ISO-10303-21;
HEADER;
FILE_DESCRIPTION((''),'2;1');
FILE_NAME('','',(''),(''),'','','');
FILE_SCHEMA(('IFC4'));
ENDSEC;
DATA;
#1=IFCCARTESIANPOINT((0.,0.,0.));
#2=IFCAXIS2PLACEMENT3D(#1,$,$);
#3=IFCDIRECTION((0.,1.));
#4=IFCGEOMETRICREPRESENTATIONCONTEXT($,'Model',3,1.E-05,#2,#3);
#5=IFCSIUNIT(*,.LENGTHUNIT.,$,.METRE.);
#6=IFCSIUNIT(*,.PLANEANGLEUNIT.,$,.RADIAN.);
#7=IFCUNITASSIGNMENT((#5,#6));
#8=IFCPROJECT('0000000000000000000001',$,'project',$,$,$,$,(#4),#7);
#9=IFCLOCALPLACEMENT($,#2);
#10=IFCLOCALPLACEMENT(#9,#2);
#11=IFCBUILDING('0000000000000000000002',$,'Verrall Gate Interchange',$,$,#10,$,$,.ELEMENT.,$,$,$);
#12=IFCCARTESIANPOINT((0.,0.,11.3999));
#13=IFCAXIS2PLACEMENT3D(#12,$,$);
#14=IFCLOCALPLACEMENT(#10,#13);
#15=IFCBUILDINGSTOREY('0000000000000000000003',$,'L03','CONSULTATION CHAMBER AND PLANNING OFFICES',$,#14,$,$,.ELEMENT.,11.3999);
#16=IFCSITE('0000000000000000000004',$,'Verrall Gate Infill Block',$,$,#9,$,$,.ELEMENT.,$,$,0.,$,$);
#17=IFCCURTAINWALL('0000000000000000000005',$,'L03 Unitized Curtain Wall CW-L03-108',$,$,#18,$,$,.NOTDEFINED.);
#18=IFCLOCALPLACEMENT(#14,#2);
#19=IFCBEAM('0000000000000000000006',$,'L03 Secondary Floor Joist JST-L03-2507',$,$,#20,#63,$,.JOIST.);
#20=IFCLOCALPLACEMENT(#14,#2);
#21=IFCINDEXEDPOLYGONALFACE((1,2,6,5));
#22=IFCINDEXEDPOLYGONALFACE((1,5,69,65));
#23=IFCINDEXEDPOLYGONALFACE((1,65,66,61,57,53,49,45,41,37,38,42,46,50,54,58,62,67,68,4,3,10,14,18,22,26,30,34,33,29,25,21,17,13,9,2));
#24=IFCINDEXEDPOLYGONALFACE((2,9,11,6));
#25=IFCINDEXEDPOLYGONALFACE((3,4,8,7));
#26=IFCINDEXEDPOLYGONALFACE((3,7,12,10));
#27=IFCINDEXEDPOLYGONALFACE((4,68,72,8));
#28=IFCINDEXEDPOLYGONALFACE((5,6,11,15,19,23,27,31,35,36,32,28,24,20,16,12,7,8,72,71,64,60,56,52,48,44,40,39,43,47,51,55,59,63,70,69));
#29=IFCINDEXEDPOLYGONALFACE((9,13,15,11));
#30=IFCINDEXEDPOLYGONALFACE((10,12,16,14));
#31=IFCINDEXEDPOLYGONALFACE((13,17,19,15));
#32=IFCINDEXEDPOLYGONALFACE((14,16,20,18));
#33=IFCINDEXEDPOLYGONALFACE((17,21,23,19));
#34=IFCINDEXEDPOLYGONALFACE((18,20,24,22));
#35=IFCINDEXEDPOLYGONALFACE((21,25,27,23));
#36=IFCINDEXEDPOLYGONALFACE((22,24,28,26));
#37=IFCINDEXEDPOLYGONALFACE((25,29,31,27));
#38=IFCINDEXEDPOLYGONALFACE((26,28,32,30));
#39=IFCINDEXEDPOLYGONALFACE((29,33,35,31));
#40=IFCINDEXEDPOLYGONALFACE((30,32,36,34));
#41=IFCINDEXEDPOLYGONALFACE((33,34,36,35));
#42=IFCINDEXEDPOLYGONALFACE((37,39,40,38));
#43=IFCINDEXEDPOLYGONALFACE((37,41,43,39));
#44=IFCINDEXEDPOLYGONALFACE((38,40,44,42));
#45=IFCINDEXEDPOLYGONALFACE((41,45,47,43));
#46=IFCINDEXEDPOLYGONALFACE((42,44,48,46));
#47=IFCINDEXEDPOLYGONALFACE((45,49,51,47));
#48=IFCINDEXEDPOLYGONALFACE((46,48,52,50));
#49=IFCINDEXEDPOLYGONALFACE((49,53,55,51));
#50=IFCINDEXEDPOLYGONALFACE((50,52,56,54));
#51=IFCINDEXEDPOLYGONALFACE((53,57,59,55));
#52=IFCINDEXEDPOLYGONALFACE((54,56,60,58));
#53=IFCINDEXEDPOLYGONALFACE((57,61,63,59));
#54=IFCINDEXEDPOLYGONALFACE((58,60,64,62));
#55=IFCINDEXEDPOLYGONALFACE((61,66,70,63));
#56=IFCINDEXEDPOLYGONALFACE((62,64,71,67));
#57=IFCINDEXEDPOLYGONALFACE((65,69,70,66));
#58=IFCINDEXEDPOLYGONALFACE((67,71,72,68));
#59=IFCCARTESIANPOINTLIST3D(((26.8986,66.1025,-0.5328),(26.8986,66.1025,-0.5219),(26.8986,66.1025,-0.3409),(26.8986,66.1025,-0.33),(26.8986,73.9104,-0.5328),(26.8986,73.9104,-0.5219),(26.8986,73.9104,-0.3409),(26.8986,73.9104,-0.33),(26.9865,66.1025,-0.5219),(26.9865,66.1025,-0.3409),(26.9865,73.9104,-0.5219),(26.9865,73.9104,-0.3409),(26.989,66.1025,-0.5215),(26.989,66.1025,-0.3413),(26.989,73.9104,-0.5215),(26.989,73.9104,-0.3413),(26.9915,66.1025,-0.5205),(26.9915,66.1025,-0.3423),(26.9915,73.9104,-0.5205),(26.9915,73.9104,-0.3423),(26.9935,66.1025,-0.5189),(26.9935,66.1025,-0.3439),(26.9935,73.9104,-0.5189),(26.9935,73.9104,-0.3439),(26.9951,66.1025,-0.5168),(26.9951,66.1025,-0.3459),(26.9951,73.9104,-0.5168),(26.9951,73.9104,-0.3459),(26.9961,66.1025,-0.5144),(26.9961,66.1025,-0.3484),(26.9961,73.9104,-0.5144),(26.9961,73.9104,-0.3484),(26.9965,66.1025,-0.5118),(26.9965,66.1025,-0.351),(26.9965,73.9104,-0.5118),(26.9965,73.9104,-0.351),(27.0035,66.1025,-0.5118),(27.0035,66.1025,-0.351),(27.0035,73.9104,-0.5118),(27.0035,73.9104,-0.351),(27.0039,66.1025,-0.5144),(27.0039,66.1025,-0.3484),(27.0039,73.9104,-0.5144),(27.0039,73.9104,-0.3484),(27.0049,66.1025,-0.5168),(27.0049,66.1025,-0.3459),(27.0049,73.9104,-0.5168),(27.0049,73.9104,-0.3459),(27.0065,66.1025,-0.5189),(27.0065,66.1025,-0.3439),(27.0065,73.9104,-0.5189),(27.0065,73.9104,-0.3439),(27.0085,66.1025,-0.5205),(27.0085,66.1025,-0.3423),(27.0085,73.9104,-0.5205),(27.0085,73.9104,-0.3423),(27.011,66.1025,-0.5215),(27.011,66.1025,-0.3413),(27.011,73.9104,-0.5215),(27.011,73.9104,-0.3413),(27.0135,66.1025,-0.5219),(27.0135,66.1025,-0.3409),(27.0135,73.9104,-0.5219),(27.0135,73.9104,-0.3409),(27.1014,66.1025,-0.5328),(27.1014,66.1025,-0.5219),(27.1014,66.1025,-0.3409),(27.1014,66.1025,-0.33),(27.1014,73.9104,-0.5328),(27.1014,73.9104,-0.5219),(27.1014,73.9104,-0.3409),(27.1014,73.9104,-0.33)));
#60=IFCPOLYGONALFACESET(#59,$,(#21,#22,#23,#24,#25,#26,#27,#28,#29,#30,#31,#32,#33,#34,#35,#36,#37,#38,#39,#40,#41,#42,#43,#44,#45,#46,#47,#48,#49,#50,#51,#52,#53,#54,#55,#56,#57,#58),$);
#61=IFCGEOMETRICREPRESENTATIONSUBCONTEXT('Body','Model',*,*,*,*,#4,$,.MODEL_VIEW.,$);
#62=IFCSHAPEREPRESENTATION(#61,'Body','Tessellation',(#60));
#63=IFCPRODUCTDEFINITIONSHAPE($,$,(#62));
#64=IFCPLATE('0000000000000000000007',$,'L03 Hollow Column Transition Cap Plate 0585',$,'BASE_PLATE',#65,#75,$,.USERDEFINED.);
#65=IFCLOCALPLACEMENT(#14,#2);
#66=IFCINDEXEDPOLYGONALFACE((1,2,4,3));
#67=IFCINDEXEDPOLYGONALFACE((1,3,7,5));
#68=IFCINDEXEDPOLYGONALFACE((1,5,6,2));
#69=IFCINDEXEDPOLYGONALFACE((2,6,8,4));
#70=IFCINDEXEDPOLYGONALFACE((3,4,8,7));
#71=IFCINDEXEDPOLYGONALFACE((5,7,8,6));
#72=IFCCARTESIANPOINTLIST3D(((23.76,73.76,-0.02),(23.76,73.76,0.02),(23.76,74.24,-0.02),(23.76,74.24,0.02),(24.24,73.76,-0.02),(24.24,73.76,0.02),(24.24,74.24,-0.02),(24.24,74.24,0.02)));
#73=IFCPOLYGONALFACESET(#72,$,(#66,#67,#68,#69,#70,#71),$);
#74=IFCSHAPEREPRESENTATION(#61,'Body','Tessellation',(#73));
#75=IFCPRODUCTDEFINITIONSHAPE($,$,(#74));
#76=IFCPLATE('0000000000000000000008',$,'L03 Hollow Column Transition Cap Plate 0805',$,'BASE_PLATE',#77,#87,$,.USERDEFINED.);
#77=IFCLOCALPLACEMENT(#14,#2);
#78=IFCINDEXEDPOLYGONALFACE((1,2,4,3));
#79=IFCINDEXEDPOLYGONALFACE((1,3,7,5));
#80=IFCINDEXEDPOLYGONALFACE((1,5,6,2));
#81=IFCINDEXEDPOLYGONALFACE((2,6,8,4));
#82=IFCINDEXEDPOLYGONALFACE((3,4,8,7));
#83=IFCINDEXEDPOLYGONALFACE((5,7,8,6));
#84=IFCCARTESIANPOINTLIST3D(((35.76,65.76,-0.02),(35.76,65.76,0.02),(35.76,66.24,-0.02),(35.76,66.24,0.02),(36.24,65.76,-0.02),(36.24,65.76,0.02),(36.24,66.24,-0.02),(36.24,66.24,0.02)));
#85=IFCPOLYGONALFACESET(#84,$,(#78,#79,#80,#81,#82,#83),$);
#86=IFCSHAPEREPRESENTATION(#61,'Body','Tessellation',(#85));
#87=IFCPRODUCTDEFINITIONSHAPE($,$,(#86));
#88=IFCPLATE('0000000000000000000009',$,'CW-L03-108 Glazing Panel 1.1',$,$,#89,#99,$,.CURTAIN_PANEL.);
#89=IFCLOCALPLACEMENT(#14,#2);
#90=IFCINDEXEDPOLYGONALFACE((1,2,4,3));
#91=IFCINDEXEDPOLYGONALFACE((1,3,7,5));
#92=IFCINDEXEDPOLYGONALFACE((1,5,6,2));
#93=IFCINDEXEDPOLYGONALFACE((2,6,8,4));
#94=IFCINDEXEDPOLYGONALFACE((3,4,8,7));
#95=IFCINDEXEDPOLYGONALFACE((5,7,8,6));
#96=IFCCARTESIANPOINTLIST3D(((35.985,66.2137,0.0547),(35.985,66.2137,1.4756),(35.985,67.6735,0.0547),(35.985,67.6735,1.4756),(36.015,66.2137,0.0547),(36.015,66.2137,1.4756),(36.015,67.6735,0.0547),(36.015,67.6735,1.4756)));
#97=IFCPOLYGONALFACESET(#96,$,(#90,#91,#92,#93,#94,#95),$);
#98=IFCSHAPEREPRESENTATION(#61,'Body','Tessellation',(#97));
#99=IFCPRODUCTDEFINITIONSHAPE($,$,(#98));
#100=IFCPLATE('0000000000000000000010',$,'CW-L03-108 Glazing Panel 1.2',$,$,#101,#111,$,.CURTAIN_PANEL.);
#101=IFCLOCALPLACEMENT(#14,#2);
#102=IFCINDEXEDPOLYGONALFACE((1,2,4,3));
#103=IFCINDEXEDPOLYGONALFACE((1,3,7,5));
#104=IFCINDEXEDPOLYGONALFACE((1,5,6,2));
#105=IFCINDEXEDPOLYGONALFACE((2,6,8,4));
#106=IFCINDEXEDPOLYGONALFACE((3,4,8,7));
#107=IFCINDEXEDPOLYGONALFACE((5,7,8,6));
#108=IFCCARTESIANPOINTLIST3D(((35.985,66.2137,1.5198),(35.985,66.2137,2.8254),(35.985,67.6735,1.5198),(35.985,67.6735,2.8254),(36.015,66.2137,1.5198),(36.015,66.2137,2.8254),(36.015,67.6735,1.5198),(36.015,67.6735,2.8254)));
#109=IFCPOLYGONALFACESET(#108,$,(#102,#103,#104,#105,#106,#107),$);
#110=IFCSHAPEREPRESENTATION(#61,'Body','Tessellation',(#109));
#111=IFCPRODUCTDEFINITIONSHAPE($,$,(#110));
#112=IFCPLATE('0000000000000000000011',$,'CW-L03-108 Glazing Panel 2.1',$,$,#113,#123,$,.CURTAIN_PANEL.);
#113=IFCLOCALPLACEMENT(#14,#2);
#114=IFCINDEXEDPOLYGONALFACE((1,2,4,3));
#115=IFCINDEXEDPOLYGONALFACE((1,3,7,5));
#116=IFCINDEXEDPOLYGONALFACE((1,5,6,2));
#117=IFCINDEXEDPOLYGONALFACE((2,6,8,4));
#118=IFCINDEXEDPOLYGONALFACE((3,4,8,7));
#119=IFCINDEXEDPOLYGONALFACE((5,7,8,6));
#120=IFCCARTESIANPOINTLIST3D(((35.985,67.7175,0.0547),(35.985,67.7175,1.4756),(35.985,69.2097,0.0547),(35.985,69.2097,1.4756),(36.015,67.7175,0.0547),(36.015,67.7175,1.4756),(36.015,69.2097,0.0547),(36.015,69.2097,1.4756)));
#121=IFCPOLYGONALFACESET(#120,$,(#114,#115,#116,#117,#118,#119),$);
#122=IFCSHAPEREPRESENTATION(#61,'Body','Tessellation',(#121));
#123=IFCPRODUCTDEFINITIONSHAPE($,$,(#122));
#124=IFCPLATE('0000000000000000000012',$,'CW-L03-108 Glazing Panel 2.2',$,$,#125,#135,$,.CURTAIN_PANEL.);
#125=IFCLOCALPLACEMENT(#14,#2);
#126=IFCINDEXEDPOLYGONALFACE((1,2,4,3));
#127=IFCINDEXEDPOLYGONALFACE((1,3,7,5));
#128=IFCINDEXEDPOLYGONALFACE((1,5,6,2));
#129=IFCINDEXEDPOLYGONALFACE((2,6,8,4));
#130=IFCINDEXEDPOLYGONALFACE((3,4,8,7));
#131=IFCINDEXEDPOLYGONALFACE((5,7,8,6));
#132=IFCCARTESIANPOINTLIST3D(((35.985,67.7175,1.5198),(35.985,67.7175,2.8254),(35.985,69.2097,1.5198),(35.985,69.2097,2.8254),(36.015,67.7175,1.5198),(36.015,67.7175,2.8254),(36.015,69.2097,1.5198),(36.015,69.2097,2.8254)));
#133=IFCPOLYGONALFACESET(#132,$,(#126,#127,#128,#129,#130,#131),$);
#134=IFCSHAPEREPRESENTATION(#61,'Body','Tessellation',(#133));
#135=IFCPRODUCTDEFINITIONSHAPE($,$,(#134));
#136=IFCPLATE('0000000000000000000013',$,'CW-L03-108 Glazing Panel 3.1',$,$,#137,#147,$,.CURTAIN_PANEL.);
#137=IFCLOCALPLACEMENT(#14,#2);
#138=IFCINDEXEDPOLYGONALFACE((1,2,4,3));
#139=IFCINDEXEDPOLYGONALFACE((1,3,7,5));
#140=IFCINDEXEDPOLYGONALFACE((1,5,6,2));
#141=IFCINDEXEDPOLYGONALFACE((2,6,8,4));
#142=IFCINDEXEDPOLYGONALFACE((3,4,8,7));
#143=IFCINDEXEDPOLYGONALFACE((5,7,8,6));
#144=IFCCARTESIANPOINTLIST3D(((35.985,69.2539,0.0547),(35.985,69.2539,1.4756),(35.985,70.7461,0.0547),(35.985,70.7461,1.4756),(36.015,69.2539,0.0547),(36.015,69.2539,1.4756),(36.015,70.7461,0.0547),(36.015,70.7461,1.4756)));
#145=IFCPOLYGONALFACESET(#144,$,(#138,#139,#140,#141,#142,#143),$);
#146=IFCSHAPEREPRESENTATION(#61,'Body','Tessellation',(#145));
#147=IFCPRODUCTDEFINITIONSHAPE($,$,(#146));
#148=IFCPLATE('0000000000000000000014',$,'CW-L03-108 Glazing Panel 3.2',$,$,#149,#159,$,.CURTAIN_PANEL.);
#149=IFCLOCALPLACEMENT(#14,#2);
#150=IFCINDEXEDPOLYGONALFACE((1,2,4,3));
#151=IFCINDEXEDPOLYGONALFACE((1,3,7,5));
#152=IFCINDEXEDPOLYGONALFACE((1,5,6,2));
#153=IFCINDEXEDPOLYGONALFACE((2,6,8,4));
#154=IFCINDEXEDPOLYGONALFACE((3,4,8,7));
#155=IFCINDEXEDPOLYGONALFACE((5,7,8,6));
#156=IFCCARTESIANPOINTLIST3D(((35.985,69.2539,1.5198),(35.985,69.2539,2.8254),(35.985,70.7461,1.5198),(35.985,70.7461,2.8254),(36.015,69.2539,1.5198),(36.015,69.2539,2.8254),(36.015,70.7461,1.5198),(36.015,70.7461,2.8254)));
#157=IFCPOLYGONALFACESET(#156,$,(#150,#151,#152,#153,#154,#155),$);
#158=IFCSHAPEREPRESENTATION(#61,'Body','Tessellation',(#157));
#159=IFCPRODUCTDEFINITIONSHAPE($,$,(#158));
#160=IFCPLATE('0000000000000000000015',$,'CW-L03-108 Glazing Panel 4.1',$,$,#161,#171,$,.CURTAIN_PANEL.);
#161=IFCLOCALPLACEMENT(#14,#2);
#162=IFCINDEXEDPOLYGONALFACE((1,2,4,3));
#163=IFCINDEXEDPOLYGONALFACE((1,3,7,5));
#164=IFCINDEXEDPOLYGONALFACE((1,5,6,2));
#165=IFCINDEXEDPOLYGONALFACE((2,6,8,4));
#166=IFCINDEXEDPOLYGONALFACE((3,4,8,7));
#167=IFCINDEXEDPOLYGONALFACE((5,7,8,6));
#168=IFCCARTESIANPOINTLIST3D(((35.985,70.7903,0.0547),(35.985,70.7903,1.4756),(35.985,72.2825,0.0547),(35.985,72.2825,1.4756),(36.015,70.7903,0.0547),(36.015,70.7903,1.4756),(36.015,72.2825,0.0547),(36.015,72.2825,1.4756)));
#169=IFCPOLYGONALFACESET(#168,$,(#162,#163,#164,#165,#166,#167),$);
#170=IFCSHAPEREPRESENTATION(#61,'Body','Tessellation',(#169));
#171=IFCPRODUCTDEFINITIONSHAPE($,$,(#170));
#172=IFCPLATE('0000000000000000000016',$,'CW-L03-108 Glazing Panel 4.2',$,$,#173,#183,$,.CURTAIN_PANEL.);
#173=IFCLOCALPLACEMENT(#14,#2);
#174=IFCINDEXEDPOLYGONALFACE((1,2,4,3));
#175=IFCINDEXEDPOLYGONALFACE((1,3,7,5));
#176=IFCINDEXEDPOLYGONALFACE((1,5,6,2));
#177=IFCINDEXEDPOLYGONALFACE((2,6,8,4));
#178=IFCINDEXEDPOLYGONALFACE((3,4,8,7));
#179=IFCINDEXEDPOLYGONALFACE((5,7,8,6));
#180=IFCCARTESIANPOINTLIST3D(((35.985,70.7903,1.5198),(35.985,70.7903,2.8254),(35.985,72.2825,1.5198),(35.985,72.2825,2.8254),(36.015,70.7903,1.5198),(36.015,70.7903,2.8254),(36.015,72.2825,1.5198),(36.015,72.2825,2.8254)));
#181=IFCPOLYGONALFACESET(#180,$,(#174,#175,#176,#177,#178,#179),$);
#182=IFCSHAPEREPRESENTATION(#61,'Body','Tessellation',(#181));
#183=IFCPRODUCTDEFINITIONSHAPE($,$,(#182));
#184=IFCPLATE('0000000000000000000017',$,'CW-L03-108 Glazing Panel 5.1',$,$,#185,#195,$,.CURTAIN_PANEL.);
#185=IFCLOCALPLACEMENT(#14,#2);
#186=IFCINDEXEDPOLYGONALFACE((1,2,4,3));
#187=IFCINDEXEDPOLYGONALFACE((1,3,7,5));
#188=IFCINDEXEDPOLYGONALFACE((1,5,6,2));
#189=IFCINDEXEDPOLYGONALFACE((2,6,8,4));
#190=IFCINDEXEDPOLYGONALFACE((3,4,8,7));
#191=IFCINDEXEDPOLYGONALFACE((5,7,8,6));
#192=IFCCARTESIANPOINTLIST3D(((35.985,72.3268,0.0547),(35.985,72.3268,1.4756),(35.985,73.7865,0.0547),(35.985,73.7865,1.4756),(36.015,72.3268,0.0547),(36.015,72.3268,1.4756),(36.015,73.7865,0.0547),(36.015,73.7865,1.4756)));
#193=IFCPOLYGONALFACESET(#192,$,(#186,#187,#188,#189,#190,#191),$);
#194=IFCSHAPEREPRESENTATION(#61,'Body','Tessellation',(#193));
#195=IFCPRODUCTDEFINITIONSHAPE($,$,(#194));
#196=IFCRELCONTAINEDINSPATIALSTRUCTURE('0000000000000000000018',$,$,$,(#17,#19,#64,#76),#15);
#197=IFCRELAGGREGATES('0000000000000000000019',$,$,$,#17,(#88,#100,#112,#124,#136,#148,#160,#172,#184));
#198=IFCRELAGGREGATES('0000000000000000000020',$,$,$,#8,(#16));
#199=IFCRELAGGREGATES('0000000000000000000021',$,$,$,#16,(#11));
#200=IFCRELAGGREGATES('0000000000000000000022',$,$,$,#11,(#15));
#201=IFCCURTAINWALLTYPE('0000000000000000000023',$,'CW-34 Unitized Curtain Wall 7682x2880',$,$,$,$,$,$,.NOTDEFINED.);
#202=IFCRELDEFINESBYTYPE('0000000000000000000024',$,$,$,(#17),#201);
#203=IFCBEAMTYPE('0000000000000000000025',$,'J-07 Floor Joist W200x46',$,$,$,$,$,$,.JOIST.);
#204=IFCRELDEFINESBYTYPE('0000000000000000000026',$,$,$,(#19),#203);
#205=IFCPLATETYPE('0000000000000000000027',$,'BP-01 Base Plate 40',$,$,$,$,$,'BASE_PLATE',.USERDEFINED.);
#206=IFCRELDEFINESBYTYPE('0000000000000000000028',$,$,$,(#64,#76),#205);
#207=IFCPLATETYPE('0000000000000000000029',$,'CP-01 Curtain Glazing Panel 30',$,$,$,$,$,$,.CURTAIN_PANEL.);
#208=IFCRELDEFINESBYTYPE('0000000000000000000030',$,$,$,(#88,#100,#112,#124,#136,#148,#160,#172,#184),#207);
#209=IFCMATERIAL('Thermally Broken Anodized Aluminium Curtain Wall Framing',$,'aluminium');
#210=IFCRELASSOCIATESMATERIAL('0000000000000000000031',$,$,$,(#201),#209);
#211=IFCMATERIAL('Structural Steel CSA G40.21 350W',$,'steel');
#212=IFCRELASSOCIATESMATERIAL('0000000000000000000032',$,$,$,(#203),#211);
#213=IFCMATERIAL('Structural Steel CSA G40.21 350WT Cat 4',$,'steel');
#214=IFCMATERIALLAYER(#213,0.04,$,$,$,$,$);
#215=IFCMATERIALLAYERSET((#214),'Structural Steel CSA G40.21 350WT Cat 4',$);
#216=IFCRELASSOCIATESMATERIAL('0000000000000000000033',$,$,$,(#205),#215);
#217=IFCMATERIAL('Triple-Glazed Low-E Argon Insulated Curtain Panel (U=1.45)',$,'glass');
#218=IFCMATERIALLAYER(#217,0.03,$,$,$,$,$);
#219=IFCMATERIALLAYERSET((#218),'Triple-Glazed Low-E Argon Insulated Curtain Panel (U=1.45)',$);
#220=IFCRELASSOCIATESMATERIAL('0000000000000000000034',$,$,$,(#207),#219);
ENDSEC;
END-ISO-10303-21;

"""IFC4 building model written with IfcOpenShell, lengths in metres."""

from ifc_helpers import new_model, si_unit, direction, frame, origin, origin_2d, place, context, subcontext, project, spatial, rectangle, i_section, extrude, material, layer, layer_set, material_profile, profile_set, type_object, element, aggregate, save


model = new_model("IFC4")

# Units and contexts
model_context = context("Model", 3, precision=1e-05, world=origin(), true_north=direction((0.0, 1.0)))
body_context = subcontext(model_context, "Body", "Model", "MODEL_VIEW")
ifc_project = project(units=[si_unit("LENGTHUNIT", "METRE"), si_unit("PLANEANGLEUNIT", "RADIAN")], contexts=[model_context])

# Site, building, storey
site_placement = place(None, origin())
site = spatial("IfcSite", under=ifc_project, at=site_placement, Name="Verrall Gate Infill Block", CompositionType="ELEMENT", RefElevation=0.0)
building_placement = place(site_placement, origin())
building = spatial("IfcBuilding", under=site, at=building_placement, Name="Verrall Gate Interchange", CompositionType="ELEMENT")
storey_placement = place(building_placement, frame((0.0, 0.0, 11.3999)))
storey = spatial("IfcBuildingStorey", under=building, at=storey_placement, Name="L03", Description="CONSULTATION CHAMBER AND PLANNING OFFICES", CompositionType="ELEMENT", Elevation=11.3999)

# Curtain wall
ifc_material_1 = material(Name="Thermally Broken Anodized Aluminium Curtain Wall Framing", Category="aluminium")
curtain_wall_type = type_object("IfcCurtainWallType", Name="CW-34 Unitized Curtain Wall 7682x2880", PredefinedType="NOTDEFINED", material=ifc_material_1)
curtain_wall_placement = place(storey_placement, origin())
curtain_wall = element("IfcCurtainWall", 1, at=curtain_wall_placement, inside=storey, type_object=curtain_wall_type, Name="L03 Unitized Curtain Wall CW-L03-108", PredefinedType="NOTDEFINED")

# Beam
ifc_material_2 = material(Name="Structural Steel CSA G40.21 350W", Category="steel")
ifc_material_profile_1 = material_profile(ifc_material_2, i_section(OverallWidth=0.2029, OverallDepth=0.2029, WebThickness=0.0071, FlangeThickness=0.011, FilletRadius=0.01, at=origin_2d()), Name="W200x46")
ifc_profile_set_1 = profile_set([ifc_material_profile_1], Name="Structural Steel CSA G40.21 350W")
beam_type_1 = type_object("IfcBeamType", Name="J-07 Floor Joist W200x46", PredefinedType="JOIST", material=ifc_profile_set_1)
beam_1_placement = place(storey_placement, frame((27.0, 66.1025, -0.4314), z_axis=(0.0, 1.0, 0.0), x_axis=(-1.0, 0.0, 0.0)))
element("IfcBeam", 2, at=beam_1_placement, inside=storey, type_object=beam_type_1, Name="L03 Secondary Floor Joist JST-L03-2507", PredefinedType="JOIST", context=body_context, shape_type="SweptSolid", body=[
    extrude(i_section(OverallWidth=0.2029, OverallDepth=0.2029, WebThickness=0.0071, FlangeThickness=0.011, FilletRadius=0.01, at=origin_2d()), origin(), (0.0, 0.0, 1.0), 7.8079),
])

# Plates
ifc_material_3 = material(Name="Structural Steel CSA G40.21 350WT Cat 4", Category="steel")
ifc_layer_1 = layer(ifc_material_3, 0.04)
ifc_layer_set_1 = layer_set([ifc_layer_1], Name="Structural Steel CSA G40.21 350WT Cat 4")
plate_type_1 = type_object("IfcPlateType", Name="BP-01 Base Plate 40", ElementType="BASE_PLATE", PredefinedType="USERDEFINED", material=ifc_layer_set_1)
for number, where, z_axis, x_axis, name in (
    (3, (24.0, 74.0, -0.02), (0.0, 0.0, 1.0), (1.0, 0.0, 0.0), "L03 Hollow Column Transition Cap Plate 0585"),
    (4, (36.0, 66.0, -0.02), (0.0, 0.0, 1.0), (1.0, 0.0, 0.0), "L03 Hollow Column Transition Cap Plate 0805"),
):
    element("IfcPlate", number, at=place(storey_placement, frame(where, z_axis=z_axis, x_axis=x_axis)), inside=storey, type_object=plate_type_1, Name=name, ObjectType="BASE_PLATE", PredefinedType="USERDEFINED", context=body_context, shape_type="SweptSolid", body=[
        extrude(rectangle(XDim=0.48, YDim=0.48, at=origin_2d()), origin(), (0.0, 0.0, 1.0), 0.04),
    ])

# Plates
ifc_material_4 = material(Name="Triple-Glazed Low-E Argon Insulated Curtain Panel (U=1.45)", Category="glass")
ifc_layer_2 = layer(ifc_material_4, 0.03)
ifc_layer_set_2 = layer_set([ifc_layer_2], Name="Triple-Glazed Low-E Argon Insulated Curtain Panel (U=1.45)")
plate_type_2 = type_object("IfcPlateType", Name="CP-01 Curtain Glazing Panel 30", PredefinedType="CURTAIN_PANEL", material=ifc_layer_set_2)
plate_1_placement = place(storey_placement, frame((36.0, 66.9436, 0.0547), z_axis=(0.0, 0.0, 1.0), x_axis=(0.0, 1.0, 0.0)))
plate_1 = element("IfcPlate", 5, at=plate_1_placement, type_object=plate_type_2, Name="CW-L03-108 Glazing Panel 1.1", PredefinedType="CURTAIN_PANEL", context=body_context, shape_type="SweptSolid", body=[
    extrude(rectangle(XDim=1.4597, YDim=0.03, at=origin_2d()), origin(), (0.0, 0.0, 1.0), 1.4209),
])
plate_2_placement = place(storey_placement, frame((36.0, 66.9436, 1.5198), z_axis=(0.0, 0.0, 1.0), x_axis=(0.0, 1.0, 0.0)))
plate_2 = element("IfcPlate", 6, at=plate_2_placement, type_object=plate_type_2, Name="CW-L03-108 Glazing Panel 1.2", PredefinedType="CURTAIN_PANEL", context=body_context, shape_type="SweptSolid", body=[
    extrude(rectangle(XDim=1.4597, YDim=0.03, at=origin_2d()), origin(), (0.0, 0.0, 1.0), 1.3057),
])
plate_3_placement = place(storey_placement, frame((36.0, 68.4636, 0.0547), z_axis=(0.0, 0.0, 1.0), x_axis=(0.0, 1.0, 0.0)))
plate_3 = element("IfcPlate", 7, at=plate_3_placement, type_object=plate_type_2, Name="CW-L03-108 Glazing Panel 2.1", PredefinedType="CURTAIN_PANEL", context=body_context, shape_type="SweptSolid", body=[
    extrude(rectangle(XDim=1.4922, YDim=0.03, at=origin_2d()), origin(), (0.0, 0.0, 1.0), 1.4209),
])
plate_4_placement = place(storey_placement, frame((36.0, 68.4636, 1.5198), z_axis=(0.0, 0.0, 1.0), x_axis=(0.0, 1.0, 0.0)))
plate_4 = element("IfcPlate", 8, at=plate_4_placement, type_object=plate_type_2, Name="CW-L03-108 Glazing Panel 2.2", PredefinedType="CURTAIN_PANEL", context=body_context, shape_type="SweptSolid", body=[
    extrude(rectangle(XDim=1.4922, YDim=0.03, at=origin_2d()), origin(), (0.0, 0.0, 1.0), 1.3057),
])
plate_5_placement = place(storey_placement, frame((36.0, 70.0, 0.0547), z_axis=(0.0, 0.0, 1.0), x_axis=(0.0, 1.0, 0.0)))
plate_5 = element("IfcPlate", 9, at=plate_5_placement, type_object=plate_type_2, Name="CW-L03-108 Glazing Panel 3.1", PredefinedType="CURTAIN_PANEL", context=body_context, shape_type="SweptSolid", body=[
    extrude(rectangle(XDim=1.4922, YDim=0.03, at=origin_2d()), origin(), (0.0, 0.0, 1.0), 1.4209),
])
plate_6_placement = place(storey_placement, frame((36.0, 70.0, 1.5198), z_axis=(0.0, 0.0, 1.0), x_axis=(0.0, 1.0, 0.0)))
plate_6 = element("IfcPlate", 10, at=plate_6_placement, type_object=plate_type_2, Name="CW-L03-108 Glazing Panel 3.2", PredefinedType="CURTAIN_PANEL", context=body_context, shape_type="SweptSolid", body=[
    extrude(rectangle(XDim=1.4922, YDim=0.03, at=origin_2d()), origin(), (0.0, 0.0, 1.0), 1.3057),
])
plate_7_placement = place(storey_placement, frame((36.0, 71.5364, 0.0547), z_axis=(0.0, 0.0, 1.0), x_axis=(0.0, 1.0, 0.0)))
plate_7 = element("IfcPlate", 11, at=plate_7_placement, type_object=plate_type_2, Name="CW-L03-108 Glazing Panel 4.1", PredefinedType="CURTAIN_PANEL", context=body_context, shape_type="SweptSolid", body=[
    extrude(rectangle(XDim=1.4922, YDim=0.03, at=origin_2d()), origin(), (0.0, 0.0, 1.0), 1.4209),
])
plate_8_placement = place(storey_placement, frame((36.0, 71.5364, 1.5198), z_axis=(0.0, 0.0, 1.0), x_axis=(0.0, 1.0, 0.0)))
plate_8 = element("IfcPlate", 12, at=plate_8_placement, type_object=plate_type_2, Name="CW-L03-108 Glazing Panel 4.2", PredefinedType="CURTAIN_PANEL", context=body_context, shape_type="SweptSolid", body=[
    extrude(rectangle(XDim=1.4922, YDim=0.03, at=origin_2d()), origin(), (0.0, 0.0, 1.0), 1.3057),
])
plate_9_placement = place(storey_placement, frame((36.0, 73.0566, 0.0547), z_axis=(0.0, 0.0, 1.0), x_axis=(0.0, 1.0, 0.0)))
plate_9 = element("IfcPlate", 13, at=plate_9_placement, type_object=plate_type_2, Name="CW-L03-108 Glazing Panel 5.1", PredefinedType="CURTAIN_PANEL", context=body_context, shape_type="SweptSolid", body=[
    extrude(rectangle(XDim=1.4597, YDim=0.03, at=origin_2d()), origin(), (0.0, 0.0, 1.0), 1.4209),
])
aggregate(curtain_wall, [plate_1, plate_2, plate_3, plate_4, plate_5, plate_6, plate_7, plate_8, plate_9])

save(model, "model.ifc")
